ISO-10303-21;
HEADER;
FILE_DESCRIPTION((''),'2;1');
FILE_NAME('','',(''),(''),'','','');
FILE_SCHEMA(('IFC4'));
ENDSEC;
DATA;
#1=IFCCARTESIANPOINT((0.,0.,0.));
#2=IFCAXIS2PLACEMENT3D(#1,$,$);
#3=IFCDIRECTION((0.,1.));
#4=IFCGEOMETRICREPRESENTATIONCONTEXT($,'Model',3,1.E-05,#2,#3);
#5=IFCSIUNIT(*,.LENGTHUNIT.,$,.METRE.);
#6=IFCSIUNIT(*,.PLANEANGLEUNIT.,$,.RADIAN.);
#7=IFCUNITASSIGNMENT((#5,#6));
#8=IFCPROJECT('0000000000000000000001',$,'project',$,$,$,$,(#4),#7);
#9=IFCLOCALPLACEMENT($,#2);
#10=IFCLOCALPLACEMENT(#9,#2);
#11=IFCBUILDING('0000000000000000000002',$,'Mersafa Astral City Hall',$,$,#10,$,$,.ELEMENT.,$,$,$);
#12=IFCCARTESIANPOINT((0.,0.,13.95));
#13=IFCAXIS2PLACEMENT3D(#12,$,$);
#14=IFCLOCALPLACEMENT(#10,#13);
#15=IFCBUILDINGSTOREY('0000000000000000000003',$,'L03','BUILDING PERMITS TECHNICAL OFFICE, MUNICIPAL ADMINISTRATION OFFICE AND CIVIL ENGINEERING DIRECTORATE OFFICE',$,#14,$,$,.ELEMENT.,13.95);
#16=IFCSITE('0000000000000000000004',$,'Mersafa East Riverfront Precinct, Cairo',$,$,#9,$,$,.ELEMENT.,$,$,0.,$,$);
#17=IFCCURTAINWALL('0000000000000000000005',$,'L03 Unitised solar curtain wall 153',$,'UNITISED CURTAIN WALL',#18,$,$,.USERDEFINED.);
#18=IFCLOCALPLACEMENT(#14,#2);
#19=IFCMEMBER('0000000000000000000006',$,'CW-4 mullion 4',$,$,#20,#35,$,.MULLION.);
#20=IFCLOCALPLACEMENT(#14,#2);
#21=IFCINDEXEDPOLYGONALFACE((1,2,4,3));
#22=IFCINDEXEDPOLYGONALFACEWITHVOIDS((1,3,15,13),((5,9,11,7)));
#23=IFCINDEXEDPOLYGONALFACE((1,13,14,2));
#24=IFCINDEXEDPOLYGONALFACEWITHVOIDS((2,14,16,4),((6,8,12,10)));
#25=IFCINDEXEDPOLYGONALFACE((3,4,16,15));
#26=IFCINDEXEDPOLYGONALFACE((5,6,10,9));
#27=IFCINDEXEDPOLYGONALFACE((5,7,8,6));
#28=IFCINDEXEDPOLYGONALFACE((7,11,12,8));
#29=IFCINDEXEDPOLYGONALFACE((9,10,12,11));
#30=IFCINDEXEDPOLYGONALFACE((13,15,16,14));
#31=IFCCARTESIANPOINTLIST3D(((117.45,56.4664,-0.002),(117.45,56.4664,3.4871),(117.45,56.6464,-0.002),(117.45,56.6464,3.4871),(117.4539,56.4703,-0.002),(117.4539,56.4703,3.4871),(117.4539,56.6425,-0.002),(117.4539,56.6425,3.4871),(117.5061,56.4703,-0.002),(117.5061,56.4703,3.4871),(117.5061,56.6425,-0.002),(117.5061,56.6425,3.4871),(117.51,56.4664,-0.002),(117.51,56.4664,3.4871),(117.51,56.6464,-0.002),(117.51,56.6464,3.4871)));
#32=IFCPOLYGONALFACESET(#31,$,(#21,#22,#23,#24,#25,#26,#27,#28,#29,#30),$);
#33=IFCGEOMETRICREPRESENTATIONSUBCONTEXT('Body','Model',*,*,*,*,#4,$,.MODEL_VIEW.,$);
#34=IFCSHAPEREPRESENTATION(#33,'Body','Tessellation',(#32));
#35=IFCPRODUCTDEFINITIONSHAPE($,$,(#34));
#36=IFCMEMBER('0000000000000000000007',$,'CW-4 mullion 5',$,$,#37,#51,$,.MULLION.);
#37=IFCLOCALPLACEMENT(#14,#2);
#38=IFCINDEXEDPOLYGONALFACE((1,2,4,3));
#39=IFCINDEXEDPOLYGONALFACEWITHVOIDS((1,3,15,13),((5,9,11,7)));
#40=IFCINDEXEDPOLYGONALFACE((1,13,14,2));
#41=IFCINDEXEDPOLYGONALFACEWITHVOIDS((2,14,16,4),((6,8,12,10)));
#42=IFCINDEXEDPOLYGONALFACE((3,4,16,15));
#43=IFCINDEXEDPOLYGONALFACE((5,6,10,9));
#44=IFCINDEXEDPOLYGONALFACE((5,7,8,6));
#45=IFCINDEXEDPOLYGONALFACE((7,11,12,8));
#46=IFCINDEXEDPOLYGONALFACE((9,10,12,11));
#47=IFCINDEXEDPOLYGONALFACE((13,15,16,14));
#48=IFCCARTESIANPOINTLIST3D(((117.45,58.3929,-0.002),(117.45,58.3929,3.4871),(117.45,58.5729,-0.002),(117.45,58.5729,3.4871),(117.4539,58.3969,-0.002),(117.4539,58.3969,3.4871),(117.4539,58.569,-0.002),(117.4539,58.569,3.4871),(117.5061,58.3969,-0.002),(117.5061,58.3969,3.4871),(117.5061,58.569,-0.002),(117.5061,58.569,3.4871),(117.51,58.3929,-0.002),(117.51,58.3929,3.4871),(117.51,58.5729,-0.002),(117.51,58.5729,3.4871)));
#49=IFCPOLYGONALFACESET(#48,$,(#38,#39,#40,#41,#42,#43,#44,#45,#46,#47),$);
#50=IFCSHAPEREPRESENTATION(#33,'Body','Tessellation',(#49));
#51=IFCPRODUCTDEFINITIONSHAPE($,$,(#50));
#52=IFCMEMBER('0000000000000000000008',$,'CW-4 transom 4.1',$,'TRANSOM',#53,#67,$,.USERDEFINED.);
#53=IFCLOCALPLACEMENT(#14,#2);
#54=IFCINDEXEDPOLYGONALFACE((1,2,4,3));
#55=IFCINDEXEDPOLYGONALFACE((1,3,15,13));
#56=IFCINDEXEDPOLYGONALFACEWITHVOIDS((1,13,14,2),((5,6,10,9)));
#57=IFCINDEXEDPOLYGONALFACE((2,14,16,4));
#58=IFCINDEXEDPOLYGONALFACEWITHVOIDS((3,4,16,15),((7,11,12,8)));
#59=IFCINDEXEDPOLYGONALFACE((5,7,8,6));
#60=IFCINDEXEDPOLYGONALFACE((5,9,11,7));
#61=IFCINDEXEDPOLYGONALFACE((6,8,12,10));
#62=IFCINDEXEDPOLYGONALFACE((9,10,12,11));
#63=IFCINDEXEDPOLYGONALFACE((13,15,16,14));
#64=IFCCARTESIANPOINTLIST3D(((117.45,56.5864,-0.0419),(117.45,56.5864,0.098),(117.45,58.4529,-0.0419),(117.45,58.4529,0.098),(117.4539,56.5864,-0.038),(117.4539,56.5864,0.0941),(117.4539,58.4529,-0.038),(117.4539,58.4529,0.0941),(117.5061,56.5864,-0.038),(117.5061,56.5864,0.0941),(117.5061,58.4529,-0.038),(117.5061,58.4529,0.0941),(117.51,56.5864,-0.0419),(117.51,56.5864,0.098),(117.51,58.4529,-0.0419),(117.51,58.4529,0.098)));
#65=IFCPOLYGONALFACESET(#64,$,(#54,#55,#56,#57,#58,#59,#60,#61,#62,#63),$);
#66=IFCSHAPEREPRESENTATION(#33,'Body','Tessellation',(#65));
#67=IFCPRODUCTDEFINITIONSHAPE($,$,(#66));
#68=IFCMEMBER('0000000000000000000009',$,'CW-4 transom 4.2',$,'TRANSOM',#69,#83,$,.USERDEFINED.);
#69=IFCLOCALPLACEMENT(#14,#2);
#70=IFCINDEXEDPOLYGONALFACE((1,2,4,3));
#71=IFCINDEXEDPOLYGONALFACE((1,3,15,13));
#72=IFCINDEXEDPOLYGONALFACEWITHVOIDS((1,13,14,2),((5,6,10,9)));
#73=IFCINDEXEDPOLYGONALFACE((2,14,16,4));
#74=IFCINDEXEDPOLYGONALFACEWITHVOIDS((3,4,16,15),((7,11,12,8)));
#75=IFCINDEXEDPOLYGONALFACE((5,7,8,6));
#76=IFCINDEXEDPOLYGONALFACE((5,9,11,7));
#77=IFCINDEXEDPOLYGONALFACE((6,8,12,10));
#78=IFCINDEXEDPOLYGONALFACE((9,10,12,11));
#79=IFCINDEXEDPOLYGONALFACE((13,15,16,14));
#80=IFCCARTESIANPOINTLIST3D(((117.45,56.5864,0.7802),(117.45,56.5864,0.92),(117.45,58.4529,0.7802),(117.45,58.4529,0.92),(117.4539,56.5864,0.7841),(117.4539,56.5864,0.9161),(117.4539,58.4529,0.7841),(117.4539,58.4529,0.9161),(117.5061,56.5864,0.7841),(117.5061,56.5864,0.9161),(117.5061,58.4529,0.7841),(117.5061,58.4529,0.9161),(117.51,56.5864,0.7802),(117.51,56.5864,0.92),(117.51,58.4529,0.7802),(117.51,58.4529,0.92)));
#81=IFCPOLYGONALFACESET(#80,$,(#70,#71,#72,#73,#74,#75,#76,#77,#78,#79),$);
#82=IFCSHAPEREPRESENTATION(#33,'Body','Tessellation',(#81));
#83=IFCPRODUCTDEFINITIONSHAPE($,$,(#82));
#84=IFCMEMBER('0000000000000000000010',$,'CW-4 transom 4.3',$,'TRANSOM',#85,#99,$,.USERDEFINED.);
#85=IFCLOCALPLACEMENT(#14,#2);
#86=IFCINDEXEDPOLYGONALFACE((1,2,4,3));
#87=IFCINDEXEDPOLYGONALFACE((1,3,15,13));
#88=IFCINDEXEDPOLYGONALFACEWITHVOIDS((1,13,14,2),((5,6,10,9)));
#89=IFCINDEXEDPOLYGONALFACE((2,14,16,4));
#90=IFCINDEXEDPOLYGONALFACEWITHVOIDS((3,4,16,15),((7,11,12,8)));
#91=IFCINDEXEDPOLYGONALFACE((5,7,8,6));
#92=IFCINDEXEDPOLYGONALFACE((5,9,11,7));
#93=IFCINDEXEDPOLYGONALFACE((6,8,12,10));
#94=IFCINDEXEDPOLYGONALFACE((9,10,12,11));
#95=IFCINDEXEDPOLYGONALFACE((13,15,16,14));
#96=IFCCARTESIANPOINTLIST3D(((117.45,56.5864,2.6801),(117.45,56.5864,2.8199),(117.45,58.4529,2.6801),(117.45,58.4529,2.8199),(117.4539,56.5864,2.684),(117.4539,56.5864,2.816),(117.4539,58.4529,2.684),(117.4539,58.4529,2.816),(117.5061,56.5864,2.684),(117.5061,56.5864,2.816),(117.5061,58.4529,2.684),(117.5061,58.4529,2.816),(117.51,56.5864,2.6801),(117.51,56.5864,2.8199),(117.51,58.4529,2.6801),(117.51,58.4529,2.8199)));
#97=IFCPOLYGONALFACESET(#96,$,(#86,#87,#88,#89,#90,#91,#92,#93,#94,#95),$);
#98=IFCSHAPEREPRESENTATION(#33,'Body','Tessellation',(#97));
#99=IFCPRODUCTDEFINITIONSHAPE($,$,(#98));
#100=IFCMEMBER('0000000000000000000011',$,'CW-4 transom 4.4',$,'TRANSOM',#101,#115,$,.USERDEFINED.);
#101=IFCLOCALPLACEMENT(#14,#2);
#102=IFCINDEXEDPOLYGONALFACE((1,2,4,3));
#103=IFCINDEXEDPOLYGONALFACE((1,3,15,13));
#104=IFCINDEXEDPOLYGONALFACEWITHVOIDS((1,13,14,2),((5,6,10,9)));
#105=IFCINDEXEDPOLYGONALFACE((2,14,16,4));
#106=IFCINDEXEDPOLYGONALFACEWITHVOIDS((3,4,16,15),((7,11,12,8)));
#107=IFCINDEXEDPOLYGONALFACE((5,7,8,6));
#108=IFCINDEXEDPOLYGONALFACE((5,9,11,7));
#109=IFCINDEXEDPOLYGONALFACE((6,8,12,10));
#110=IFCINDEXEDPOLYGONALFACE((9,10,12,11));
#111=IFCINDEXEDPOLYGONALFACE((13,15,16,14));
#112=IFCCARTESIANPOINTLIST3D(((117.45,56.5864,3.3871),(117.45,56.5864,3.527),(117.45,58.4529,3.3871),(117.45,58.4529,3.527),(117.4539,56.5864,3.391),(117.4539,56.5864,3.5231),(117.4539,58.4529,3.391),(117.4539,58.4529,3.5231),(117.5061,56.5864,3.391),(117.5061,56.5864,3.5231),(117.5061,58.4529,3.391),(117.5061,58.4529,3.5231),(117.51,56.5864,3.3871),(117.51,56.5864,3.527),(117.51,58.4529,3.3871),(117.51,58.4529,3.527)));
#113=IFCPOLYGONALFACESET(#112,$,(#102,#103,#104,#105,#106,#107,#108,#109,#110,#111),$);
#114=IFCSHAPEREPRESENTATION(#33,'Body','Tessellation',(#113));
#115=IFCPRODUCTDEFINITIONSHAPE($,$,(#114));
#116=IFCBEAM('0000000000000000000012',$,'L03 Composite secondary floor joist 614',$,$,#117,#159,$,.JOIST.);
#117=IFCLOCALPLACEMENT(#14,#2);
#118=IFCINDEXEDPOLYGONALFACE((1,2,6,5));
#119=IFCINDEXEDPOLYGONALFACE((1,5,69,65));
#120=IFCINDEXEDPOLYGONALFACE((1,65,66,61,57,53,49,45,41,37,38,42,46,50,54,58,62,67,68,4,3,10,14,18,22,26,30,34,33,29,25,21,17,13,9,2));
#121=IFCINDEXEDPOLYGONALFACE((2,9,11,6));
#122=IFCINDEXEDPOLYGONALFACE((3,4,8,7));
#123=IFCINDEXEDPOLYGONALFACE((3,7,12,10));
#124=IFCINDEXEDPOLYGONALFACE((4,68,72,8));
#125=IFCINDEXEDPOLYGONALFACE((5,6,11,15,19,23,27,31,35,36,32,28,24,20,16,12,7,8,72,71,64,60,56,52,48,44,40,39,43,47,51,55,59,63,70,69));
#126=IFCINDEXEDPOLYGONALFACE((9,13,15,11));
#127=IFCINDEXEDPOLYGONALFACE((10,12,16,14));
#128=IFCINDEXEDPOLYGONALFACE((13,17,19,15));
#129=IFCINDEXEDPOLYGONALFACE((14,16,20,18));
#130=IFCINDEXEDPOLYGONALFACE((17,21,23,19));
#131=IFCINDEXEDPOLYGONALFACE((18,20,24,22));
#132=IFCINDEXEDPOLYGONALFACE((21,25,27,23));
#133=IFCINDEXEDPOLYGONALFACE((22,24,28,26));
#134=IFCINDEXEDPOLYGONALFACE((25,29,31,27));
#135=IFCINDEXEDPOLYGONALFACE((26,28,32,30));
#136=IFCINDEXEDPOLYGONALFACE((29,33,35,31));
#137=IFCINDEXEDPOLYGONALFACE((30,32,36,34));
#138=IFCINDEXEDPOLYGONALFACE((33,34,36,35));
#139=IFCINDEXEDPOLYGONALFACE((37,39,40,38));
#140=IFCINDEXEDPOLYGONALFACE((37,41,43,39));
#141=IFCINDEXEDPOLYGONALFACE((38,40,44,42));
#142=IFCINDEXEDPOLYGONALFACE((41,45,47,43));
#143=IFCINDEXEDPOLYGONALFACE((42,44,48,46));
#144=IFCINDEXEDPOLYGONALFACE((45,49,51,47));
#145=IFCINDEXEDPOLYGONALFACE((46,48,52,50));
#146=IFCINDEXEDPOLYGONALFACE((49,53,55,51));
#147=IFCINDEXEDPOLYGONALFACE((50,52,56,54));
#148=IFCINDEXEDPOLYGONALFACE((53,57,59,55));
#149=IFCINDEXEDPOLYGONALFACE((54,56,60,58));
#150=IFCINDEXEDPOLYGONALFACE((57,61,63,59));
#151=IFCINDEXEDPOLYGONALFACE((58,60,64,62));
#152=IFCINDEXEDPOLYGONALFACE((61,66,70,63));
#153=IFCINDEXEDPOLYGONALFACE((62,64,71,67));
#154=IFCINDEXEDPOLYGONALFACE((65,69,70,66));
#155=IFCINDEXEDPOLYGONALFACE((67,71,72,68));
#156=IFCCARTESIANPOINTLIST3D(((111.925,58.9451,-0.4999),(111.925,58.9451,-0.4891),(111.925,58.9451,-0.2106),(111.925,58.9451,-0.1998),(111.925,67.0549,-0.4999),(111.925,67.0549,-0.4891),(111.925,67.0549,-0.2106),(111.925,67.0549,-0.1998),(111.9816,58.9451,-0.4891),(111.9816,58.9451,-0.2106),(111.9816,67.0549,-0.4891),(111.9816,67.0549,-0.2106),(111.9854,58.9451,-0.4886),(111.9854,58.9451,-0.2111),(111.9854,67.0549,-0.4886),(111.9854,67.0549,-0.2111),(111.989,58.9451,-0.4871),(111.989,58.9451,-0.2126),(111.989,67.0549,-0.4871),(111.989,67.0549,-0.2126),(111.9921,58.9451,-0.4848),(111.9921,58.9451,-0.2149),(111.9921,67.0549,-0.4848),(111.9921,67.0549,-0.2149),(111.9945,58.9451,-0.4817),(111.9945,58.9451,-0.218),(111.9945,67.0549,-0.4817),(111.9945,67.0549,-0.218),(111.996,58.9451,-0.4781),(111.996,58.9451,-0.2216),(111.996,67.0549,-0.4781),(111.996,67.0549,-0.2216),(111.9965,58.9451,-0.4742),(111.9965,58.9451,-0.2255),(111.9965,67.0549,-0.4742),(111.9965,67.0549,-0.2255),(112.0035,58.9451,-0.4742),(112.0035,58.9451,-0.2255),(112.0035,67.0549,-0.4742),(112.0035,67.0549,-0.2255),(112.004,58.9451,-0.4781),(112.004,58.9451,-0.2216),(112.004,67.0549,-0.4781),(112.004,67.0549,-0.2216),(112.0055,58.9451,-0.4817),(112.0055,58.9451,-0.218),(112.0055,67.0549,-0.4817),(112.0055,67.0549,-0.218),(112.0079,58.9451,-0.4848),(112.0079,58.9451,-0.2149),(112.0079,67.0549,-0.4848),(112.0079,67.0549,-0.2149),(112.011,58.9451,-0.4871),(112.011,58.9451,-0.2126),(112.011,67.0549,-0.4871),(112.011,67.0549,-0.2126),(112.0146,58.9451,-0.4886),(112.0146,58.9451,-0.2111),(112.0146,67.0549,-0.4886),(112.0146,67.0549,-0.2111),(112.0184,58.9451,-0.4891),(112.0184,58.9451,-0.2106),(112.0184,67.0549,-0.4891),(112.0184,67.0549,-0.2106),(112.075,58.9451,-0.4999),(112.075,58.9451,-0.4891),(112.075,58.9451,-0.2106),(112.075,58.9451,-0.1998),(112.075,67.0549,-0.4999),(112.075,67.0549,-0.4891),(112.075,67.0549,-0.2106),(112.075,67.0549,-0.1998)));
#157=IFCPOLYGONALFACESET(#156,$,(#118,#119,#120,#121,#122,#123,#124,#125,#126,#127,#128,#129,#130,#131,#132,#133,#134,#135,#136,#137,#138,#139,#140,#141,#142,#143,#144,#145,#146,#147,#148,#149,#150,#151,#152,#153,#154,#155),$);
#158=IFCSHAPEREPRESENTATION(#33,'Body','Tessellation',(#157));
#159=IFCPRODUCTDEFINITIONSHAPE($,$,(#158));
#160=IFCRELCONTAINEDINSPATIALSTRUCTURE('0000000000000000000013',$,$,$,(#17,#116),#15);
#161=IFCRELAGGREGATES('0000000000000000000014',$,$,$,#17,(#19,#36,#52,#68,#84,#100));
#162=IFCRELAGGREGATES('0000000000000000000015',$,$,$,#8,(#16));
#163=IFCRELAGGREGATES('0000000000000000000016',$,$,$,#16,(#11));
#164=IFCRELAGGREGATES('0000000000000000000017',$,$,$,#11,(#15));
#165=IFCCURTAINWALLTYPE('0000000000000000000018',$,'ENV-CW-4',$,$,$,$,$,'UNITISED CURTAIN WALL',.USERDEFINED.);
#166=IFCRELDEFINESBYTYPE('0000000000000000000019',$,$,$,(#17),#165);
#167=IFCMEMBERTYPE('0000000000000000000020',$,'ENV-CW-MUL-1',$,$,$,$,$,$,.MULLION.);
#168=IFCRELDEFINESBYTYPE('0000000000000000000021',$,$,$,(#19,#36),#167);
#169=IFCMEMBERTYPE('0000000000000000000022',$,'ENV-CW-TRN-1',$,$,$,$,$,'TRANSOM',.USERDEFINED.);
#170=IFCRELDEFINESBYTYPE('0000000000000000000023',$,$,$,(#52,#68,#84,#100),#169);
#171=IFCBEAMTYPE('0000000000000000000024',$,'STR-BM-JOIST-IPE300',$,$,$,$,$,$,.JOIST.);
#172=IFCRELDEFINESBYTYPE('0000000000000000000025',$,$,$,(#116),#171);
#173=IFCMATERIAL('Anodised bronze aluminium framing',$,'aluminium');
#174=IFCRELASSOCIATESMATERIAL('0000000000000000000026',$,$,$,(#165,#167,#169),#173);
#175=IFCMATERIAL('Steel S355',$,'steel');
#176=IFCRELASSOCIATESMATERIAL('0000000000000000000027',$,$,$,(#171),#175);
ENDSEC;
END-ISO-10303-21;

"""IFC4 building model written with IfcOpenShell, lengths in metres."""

from ifc_helpers import new_model, si_unit, direction, frame, origin, origin_2d, place, context, subcontext, project, spatial, hollow_rectangle, i_section, extrude, material, material_profile, profile_set, type_object, element, aggregate, save


model = new_model("IFC4")

# Units and contexts
model_context = context("Model", 3, precision=1e-05, world=origin(), true_north=direction((0.0, 1.0)))
body_context = subcontext(model_context, "Body", "Model", "MODEL_VIEW")
ifc_project = project(units=[si_unit("LENGTHUNIT", "METRE"), si_unit("PLANEANGLEUNIT", "RADIAN")], contexts=[model_context])

# Site, building, storey
site_placement = place(None, origin())
site = spatial("IfcSite", under=ifc_project, at=site_placement, Name="Mersafa East Riverfront Precinct, Cairo", CompositionType="ELEMENT", RefElevation=0.0)
building_placement = place(site_placement, origin())
building = spatial("IfcBuilding", under=site, at=building_placement, Name="Mersafa Astral City Hall", CompositionType="ELEMENT")
storey_placement = place(building_placement, frame((0.0, 0.0, 13.95)))
storey = spatial("IfcBuildingStorey", under=building, at=storey_placement, Name="L03", Description="BUILDING PERMITS TECHNICAL OFFICE, MUNICIPAL ADMINISTRATION OFFICE AND CIVIL ENGINEERING DIRECTORATE OFFICE", CompositionType="ELEMENT", Elevation=13.95)

# Curtain wall, members
ifc_material_1 = material(Name="Anodised bronze aluminium framing", Category="aluminium")
curtain_wall_type = type_object("IfcCurtainWallType", Name="ENV-CW-4", ElementType="UNITISED CURTAIN WALL", PredefinedType="USERDEFINED", material=ifc_material_1)
curtain_wall_placement = place(storey_placement, origin())
curtain_wall = element("IfcCurtainWall", 1, at=curtain_wall_placement, inside=storey, type_object=curtain_wall_type, Name="L03 Unitised solar curtain wall 153", ObjectType="UNITISED CURTAIN WALL", PredefinedType="USERDEFINED")
ifc_material_profile_1 = material_profile(ifc_material_1, hollow_rectangle(XDim=0.0601, YDim=0.1799, WallThickness=0.0039, at=origin_2d()), Name="RHS 60x180x4")
ifc_profile_set_1 = profile_set([ifc_material_profile_1], Name="Anodised bronze aluminium framing")
member_type_1 = type_object("IfcMemberType", Name="ENV-CW-MUL-1", PredefinedType="MULLION", material=ifc_profile_set_1)
member_1_placement = place(storey_placement, frame((117.48, 56.5564, -0.002), z_axis=(0.0, 0.0, 1.0), x_axis=(-1.0, 0.0, 0.0)))
member_1 = element("IfcMember", 2, at=member_1_placement, type_object=member_type_1, Name="CW-4 mullion 4", PredefinedType="MULLION", context=body_context, shape_type="SweptSolid", body=[
    extrude(hollow_rectangle(XDim=0.0601, YDim=0.1799, WallThickness=0.0039, at=origin_2d()), origin(), (0.0, 0.0, 1.0), 3.489),
])
member_2_placement = place(storey_placement, frame((117.48, 58.4829, -0.002), z_axis=(0.0, 0.0, 1.0), x_axis=(-1.0, 0.0, 0.0)))
member_2 = element("IfcMember", 3, at=member_2_placement, type_object=member_type_1, Name="CW-4 mullion 5", PredefinedType="MULLION", context=body_context, shape_type="SweptSolid", body=[
    extrude(hollow_rectangle(XDim=0.0601, YDim=0.1799, WallThickness=0.0039, at=origin_2d()), origin(), (0.0, 0.0, 1.0), 3.489),
])
ifc_material_profile_2 = material_profile(ifc_material_1, hollow_rectangle(XDim=0.0601, YDim=0.1399, WallThickness=0.0039, at=origin_2d()), Name="RHS 60x140x4")
ifc_profile_set_2 = profile_set([ifc_material_profile_2], Name="Anodised bronze aluminium framing")
member_type_2 = type_object("IfcMemberType", Name="ENV-CW-TRN-1", ElementType="TRANSOM", PredefinedType="USERDEFINED", material=ifc_profile_set_2)
member_3_placement = place(storey_placement, frame((117.48, 56.5864, 0.0281), z_axis=(0.0, 1.0, 0.0), x_axis=(-1.0, 0.0, 0.0)))
member_3 = element("IfcMember", 4, at=member_3_placement, type_object=member_type_2, Name="CW-4 transom 4.1", ObjectType="TRANSOM", PredefinedType="USERDEFINED", context=body_context, shape_type="SweptSolid", body=[
    extrude(hollow_rectangle(XDim=0.0601, YDim=0.1399, WallThickness=0.0039, at=origin_2d()), origin(), (0.0, 0.0, 1.0), 1.8665),
])
member_4_placement = place(storey_placement, frame((117.48, 56.5864, 0.8501), z_axis=(0.0, 1.0, 0.0), x_axis=(-1.0, 0.0, 0.0)))
member_4 = element("IfcMember", 5, at=member_4_placement, type_object=member_type_2, Name="CW-4 transom 4.2", ObjectType="TRANSOM", PredefinedType="USERDEFINED", context=body_context, shape_type="SweptSolid", body=[
    extrude(hollow_rectangle(XDim=0.0601, YDim=0.1399, WallThickness=0.0039, at=origin_2d()), origin(), (0.0, 0.0, 1.0), 1.8665),
])
member_5_placement = place(storey_placement, frame((117.48, 56.5864, 2.75), z_axis=(0.0, 1.0, 0.0), x_axis=(-1.0, 0.0, 0.0)))
member_5 = element("IfcMember", 6, at=member_5_placement, type_object=member_type_2, Name="CW-4 transom 4.3", ObjectType="TRANSOM", PredefinedType="USERDEFINED", context=body_context, shape_type="SweptSolid", body=[
    extrude(hollow_rectangle(XDim=0.0601, YDim=0.1399, WallThickness=0.0039, at=origin_2d()), origin(), (0.0, 0.0, 1.0), 1.8665),
])
member_6_placement = place(storey_placement, frame((117.48, 56.5864, 3.457), z_axis=(0.0, 1.0, 0.0), x_axis=(-1.0, 0.0, 0.0)))
member_6 = element("IfcMember", 7, at=member_6_placement, type_object=member_type_2, Name="CW-4 transom 4.4", ObjectType="TRANSOM", PredefinedType="USERDEFINED", context=body_context, shape_type="SweptSolid", body=[
    extrude(hollow_rectangle(XDim=0.0601, YDim=0.1399, WallThickness=0.0039, at=origin_2d()), origin(), (0.0, 0.0, 1.0), 1.8665),
])

# Beam
ifc_material_2 = material(Name="Steel S355", Category="steel")
ifc_material_profile_3 = material_profile(ifc_material_2, i_section(OverallWidth=0.1499, OverallDepth=0.3, WebThickness=0.0071, FlangeThickness=0.0107, FilletRadius=0.0149, at=origin_2d()), Name="IPE 300")
ifc_profile_set_3 = profile_set([ifc_material_profile_3], Name="Steel S355")
beam_type = type_object("IfcBeamType", Name="STR-BM-JOIST-IPE300", PredefinedType="JOIST", material=ifc_profile_set_3)
for number, where, z_axis, x_axis, name in (
    (8, (112.0, 58.9451, -0.3499), (0.0, 1.0, 0.0), (-1.0, 0.0, 0.0), "L03 Composite secondary floor joist 614"),
):
    element("IfcBeam", number, at=place(storey_placement, frame(where, z_axis=z_axis, x_axis=x_axis)), inside=storey, type_object=beam_type, Name=name, PredefinedType="JOIST", context=body_context, shape_type="SweptSolid", body=[
        extrude(i_section(OverallWidth=0.1499, OverallDepth=0.3, WebThickness=0.0071, FlangeThickness=0.0107, FilletRadius=0.0149, at=origin_2d()), origin(), (0.0, 0.0, 1.0), 8.1099),
    ])

aggregate(curtain_wall, [member_1, member_2, member_3, member_4, member_5, member_6])

save(model, "model.ifc")
